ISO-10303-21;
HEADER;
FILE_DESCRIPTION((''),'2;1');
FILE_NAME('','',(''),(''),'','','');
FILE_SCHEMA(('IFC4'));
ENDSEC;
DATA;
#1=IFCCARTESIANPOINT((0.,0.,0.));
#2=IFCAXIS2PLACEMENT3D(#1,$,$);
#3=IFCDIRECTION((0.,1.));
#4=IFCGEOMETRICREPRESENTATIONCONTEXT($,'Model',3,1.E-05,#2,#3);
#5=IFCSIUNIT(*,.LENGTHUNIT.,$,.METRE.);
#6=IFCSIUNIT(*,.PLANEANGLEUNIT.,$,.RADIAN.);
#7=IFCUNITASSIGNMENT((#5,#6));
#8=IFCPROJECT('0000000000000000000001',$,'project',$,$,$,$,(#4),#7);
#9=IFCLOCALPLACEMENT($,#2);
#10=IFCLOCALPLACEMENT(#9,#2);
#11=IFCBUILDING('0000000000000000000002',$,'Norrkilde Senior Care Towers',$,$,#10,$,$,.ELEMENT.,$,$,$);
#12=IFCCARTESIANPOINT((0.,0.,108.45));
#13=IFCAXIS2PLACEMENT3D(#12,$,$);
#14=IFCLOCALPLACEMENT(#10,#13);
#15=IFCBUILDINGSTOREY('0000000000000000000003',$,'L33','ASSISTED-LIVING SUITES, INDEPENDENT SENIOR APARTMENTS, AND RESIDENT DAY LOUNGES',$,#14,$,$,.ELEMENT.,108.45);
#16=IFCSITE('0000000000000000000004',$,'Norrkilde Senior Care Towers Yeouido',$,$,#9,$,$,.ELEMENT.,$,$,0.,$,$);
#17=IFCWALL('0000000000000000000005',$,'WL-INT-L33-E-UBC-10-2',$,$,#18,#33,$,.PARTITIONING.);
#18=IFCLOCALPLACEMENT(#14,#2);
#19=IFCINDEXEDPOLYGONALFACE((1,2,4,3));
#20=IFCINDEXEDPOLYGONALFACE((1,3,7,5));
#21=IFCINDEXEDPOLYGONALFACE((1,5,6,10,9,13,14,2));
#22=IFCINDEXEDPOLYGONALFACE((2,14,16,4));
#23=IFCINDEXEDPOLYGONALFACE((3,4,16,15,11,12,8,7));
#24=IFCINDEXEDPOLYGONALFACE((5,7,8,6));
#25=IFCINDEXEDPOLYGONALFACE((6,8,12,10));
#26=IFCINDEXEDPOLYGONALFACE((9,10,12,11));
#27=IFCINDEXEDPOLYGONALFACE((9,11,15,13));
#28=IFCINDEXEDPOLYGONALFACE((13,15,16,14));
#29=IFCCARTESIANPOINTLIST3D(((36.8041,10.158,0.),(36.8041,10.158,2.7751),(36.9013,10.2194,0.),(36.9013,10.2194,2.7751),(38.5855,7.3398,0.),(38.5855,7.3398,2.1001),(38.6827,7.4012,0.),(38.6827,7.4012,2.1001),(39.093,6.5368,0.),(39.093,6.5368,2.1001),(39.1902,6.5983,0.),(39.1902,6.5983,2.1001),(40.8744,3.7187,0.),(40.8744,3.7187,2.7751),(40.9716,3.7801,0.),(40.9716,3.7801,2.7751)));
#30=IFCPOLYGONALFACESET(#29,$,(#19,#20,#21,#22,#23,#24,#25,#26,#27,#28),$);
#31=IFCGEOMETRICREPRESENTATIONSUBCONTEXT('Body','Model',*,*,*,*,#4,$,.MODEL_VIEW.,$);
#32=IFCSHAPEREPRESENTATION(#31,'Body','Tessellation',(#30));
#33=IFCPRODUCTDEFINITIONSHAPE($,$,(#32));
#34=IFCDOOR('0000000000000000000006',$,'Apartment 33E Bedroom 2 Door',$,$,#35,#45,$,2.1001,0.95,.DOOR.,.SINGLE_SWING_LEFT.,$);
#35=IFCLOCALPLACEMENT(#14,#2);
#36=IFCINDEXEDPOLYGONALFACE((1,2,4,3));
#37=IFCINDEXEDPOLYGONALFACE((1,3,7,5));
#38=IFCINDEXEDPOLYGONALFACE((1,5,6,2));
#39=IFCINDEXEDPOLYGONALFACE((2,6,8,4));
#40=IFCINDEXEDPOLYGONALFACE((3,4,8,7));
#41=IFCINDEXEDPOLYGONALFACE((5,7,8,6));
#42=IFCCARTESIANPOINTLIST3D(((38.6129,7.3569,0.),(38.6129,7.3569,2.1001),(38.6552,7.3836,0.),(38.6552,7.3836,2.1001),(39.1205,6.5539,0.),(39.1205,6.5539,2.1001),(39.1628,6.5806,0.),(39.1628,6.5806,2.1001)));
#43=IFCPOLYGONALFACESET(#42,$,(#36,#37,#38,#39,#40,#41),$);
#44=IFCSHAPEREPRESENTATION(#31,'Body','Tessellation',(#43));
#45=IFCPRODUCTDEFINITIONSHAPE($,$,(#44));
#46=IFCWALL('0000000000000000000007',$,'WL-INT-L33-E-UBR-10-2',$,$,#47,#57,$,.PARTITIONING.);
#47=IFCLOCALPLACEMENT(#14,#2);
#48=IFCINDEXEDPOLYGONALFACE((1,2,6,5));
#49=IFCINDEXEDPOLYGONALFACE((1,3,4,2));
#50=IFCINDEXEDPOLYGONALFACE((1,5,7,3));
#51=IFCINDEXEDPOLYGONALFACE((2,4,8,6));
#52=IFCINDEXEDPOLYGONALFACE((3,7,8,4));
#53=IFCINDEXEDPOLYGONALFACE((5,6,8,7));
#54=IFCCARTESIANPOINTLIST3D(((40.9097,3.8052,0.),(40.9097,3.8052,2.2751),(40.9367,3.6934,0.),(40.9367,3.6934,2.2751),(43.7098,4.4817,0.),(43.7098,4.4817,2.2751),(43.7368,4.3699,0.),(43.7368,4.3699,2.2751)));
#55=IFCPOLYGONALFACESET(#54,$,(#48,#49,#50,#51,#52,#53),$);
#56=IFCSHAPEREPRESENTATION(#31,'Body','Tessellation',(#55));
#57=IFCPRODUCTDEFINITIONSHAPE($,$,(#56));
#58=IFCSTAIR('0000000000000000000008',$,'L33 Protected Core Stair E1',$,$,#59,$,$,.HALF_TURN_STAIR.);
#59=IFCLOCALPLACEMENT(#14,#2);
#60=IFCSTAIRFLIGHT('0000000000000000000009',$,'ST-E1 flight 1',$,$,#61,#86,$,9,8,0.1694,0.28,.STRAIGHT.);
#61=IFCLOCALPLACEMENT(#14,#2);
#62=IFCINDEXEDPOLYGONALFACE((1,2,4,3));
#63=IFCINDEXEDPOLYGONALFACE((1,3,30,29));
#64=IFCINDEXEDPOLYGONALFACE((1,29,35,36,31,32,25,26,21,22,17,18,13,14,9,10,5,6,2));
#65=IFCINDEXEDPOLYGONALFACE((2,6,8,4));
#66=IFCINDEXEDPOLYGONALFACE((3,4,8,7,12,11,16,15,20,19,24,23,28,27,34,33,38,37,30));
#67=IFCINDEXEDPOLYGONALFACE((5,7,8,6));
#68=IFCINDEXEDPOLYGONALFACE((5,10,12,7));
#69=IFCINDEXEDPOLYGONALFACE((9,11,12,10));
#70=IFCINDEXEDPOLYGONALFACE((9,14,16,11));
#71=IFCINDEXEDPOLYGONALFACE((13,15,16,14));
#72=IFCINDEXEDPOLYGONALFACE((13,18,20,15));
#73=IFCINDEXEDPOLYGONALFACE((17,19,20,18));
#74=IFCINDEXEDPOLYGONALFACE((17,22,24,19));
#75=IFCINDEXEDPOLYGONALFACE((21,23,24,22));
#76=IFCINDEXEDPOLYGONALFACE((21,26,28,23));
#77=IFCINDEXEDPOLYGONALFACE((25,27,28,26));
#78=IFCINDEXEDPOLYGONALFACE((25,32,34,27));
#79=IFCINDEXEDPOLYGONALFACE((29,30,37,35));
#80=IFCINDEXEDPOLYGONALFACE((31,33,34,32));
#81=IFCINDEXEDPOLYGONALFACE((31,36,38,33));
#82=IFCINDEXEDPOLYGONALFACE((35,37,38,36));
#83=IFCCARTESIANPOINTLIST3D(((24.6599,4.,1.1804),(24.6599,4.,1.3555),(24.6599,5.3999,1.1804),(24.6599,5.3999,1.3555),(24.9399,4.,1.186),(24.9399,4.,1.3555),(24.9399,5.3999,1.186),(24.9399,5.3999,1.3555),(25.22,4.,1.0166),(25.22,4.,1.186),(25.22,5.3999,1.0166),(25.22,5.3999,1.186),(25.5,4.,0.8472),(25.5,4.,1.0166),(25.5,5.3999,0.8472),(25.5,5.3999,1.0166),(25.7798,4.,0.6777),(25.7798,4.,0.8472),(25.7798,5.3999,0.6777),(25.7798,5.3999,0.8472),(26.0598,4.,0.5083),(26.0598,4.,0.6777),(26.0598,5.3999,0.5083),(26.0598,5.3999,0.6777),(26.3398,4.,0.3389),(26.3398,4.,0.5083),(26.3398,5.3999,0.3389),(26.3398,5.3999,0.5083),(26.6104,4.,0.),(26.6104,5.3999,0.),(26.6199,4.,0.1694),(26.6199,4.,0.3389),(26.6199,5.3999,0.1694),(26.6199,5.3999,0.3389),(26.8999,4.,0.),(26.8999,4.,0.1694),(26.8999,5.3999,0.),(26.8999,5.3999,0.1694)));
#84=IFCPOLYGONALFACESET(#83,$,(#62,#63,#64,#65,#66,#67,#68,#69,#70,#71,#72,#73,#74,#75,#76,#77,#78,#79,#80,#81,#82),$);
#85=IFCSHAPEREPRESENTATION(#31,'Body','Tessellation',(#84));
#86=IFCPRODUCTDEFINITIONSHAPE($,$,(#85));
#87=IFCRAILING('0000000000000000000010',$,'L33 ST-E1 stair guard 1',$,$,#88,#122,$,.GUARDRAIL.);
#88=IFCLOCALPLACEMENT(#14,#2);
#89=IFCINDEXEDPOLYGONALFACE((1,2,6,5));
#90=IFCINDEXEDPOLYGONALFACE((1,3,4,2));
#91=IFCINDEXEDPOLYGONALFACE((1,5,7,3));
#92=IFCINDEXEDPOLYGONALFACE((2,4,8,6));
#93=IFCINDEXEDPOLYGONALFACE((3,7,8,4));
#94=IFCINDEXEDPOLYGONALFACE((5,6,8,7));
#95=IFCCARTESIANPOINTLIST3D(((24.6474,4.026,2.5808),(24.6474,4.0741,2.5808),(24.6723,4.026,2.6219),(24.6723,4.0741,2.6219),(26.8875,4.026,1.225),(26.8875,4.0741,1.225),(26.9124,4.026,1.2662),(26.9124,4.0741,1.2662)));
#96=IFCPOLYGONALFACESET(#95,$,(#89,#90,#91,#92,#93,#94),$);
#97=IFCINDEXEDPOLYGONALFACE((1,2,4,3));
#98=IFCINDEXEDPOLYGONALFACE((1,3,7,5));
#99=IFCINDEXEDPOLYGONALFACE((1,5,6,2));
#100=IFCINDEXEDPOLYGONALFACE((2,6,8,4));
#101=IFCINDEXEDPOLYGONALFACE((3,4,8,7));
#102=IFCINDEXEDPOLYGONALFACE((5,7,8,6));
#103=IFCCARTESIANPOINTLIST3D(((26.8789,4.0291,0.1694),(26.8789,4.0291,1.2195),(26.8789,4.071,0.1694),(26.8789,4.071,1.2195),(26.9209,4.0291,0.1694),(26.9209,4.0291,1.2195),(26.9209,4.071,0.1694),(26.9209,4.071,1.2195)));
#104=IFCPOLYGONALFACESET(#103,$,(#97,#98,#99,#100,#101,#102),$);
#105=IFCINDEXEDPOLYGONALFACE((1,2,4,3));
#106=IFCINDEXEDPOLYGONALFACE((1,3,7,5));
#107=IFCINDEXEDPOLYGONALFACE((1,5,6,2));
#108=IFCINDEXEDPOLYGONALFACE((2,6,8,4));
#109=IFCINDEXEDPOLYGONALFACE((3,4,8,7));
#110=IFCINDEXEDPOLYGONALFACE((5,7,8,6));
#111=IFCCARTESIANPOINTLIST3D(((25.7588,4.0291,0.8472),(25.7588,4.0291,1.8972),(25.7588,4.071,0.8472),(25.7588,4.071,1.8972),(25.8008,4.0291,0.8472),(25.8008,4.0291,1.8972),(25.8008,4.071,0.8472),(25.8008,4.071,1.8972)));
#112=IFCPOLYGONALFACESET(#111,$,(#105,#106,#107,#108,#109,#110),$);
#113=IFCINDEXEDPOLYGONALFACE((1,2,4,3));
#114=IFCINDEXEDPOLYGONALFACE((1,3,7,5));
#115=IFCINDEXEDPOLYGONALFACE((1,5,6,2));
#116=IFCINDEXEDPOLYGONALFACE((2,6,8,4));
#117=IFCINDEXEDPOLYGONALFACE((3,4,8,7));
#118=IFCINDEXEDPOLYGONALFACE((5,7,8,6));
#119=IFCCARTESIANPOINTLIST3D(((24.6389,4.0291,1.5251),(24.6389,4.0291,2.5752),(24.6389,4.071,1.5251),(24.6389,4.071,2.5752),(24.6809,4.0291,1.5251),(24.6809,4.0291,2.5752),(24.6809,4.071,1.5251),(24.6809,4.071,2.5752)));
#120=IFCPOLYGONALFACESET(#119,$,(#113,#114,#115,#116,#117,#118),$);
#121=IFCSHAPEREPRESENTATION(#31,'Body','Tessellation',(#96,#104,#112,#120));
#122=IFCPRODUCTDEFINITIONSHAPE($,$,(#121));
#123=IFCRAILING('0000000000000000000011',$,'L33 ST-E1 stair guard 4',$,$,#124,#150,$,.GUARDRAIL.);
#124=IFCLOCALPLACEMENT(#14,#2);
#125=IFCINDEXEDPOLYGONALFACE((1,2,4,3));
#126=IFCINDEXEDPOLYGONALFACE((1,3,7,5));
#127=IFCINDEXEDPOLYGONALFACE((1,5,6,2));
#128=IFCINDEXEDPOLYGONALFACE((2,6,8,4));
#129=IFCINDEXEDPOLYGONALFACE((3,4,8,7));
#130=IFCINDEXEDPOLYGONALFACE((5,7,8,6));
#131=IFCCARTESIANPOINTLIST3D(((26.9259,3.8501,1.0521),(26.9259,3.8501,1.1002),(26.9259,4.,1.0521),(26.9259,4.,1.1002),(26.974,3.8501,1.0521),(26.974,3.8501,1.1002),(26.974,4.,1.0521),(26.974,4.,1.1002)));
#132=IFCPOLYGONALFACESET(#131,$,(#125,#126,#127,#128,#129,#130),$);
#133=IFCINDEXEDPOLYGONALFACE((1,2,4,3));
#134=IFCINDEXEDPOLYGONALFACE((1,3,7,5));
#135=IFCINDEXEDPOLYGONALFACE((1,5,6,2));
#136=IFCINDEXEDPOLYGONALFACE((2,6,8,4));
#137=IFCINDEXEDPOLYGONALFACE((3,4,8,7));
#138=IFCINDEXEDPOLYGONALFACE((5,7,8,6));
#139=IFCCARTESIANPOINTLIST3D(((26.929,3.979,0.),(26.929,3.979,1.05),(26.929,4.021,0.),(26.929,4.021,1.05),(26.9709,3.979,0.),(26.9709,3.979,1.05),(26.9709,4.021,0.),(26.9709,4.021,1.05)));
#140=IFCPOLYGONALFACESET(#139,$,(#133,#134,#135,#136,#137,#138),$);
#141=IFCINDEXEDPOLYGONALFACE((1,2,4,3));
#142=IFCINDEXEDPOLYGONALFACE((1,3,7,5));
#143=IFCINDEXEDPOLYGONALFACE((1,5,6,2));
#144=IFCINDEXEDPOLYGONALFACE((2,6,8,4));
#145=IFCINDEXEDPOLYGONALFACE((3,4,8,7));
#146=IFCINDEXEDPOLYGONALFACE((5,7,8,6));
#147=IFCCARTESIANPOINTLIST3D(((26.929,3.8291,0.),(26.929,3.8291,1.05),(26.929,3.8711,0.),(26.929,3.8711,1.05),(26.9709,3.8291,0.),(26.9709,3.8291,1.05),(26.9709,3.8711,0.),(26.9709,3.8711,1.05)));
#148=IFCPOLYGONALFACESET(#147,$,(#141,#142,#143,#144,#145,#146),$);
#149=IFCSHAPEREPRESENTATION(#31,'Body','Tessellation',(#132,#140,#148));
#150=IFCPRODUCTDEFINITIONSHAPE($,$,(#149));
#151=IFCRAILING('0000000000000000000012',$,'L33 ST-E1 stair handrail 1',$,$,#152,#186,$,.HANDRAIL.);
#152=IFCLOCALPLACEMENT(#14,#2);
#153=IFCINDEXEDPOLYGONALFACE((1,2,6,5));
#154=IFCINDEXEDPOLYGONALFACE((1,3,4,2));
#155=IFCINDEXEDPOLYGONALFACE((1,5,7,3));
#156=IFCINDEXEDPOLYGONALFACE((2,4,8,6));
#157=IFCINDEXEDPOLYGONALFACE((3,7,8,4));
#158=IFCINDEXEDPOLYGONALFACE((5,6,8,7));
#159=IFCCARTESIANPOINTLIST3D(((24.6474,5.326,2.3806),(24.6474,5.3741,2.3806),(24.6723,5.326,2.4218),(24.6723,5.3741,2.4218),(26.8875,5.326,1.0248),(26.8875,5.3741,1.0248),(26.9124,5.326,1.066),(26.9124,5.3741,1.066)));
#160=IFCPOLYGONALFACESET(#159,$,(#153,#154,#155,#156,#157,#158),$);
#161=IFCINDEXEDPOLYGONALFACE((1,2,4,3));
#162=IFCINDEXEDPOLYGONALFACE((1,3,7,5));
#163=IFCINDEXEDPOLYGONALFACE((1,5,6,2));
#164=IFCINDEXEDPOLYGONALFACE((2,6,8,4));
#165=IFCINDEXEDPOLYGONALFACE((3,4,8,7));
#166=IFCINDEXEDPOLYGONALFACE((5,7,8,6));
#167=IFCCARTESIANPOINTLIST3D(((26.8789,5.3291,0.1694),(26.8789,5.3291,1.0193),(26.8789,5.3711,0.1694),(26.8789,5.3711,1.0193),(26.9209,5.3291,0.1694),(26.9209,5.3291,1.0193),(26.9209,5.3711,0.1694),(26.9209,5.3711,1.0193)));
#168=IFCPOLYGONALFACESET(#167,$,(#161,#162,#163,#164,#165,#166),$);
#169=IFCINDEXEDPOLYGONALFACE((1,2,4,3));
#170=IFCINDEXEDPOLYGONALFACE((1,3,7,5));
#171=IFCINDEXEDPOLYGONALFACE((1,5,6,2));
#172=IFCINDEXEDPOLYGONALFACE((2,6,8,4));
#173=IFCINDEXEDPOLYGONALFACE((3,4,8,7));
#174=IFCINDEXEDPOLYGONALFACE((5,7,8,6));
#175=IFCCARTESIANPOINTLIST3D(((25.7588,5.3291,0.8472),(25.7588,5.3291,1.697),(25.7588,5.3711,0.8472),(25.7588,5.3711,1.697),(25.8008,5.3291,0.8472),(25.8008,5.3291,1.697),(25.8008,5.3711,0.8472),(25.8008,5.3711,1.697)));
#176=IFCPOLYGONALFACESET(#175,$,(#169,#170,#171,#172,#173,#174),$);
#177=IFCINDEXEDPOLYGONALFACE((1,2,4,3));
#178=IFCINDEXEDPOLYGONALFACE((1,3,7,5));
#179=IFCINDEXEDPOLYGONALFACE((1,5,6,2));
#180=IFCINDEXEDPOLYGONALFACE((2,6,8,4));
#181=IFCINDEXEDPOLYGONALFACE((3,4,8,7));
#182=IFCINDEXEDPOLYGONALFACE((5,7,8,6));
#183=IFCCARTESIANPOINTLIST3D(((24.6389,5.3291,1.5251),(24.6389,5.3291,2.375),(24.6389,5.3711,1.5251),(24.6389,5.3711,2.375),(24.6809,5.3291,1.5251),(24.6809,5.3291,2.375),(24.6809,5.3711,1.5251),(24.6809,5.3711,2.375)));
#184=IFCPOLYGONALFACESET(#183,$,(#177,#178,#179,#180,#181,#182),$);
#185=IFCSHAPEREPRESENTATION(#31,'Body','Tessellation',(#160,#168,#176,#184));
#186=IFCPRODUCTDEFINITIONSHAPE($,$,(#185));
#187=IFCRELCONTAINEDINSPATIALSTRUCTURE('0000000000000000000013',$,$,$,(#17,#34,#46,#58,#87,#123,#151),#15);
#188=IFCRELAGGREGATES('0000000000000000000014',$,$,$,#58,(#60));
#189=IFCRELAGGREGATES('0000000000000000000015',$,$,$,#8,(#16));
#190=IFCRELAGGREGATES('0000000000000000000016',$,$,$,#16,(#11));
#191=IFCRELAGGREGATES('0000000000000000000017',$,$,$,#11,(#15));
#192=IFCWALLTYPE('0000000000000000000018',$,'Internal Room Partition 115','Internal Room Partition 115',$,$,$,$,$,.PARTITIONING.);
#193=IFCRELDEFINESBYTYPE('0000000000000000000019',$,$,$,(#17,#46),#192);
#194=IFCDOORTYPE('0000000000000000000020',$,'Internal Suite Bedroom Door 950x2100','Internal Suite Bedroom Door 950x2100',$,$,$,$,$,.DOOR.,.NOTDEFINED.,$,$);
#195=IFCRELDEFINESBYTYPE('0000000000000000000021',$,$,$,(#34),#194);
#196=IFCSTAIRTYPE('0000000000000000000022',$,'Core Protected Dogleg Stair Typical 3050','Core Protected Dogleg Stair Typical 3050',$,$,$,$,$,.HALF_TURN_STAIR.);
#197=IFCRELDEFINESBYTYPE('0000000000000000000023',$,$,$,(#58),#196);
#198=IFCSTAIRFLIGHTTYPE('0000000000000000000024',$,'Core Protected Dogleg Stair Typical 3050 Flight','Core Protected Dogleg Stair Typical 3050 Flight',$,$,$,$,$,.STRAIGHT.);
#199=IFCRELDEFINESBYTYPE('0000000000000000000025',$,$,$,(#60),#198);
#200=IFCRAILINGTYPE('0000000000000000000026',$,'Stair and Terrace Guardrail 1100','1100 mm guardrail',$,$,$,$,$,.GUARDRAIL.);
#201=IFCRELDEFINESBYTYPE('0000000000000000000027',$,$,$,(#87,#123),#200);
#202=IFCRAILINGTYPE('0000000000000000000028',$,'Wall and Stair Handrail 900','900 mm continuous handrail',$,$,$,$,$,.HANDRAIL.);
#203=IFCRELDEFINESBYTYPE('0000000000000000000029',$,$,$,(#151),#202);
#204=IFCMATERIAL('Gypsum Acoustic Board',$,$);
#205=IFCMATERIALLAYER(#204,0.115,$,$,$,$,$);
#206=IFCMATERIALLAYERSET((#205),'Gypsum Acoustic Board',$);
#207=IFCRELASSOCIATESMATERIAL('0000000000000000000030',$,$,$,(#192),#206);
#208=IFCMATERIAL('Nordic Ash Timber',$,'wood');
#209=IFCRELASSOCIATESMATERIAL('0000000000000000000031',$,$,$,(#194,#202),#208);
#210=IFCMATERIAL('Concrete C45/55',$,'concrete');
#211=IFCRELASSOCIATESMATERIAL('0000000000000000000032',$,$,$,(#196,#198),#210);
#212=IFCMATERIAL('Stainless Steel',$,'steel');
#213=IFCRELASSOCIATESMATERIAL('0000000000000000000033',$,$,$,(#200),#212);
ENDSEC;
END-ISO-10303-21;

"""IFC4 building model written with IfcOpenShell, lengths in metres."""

from ifc_helpers import new_model, si_unit, direction, frame, frame_2d, origin, origin_2d, place, context, subcontext, project, spatial, polyline, rectangle, outline, extrude, source, transform, mapped, material, layer, layer_set, type_object, type_shapes, element, fill, aggregate, save


model = new_model("IFC4")

# Units and contexts
model_context = context("Model", 3, precision=1e-05, world=origin(), true_north=direction((0.0, 1.0)))
body_context = subcontext(model_context, "Body", "Model", "MODEL_VIEW")
ifc_project = project(units=[si_unit("LENGTHUNIT", "METRE"), si_unit("PLANEANGLEUNIT", "RADIAN")], contexts=[model_context])

# Site, building, storey
site_placement = place(None, origin())
site = spatial("IfcSite", under=ifc_project, at=site_placement, Name="Norrkilde Senior Care Towers Yeouido", CompositionType="ELEMENT", RefElevation=0.0)
building_placement = place(site_placement, origin())
building = spatial("IfcBuilding", under=site, at=building_placement, Name="Norrkilde Senior Care Towers", CompositionType="ELEMENT")
storey_placement = place(building_placement, frame((0.0, 0.0, 108.45)))
storey = spatial("IfcBuildingStorey", under=building, at=storey_placement, Name="L33", Description="ASSISTED-LIVING SUITES, INDEPENDENT SENIOR APARTMENTS, AND RESIDENT DAY LOUNGES", CompositionType="ELEMENT", Elevation=108.45)

# Shared definitions
ifc_material_1 = material(Name="Concrete C45/55", Category="concrete")
ifc_material_2 = material(Name="Stainless Steel", Category="steel")

# Shared definitions
ifc_material_3 = material(Name="Gypsum Acoustic Board")
ifc_layer_1 = layer(ifc_material_3, 0.115)
ifc_layer_set_1 = layer_set([ifc_layer_1], Name="Gypsum Acoustic Board")
wall_type_1 = type_object("IfcWallType", Name="Internal Room Partition 115", Description="Internal Room Partition 115", PredefinedType="PARTITIONING", material=ifc_layer_set_1)

# Wall, opening, door
shared_shape_1 = source(origin(), body_context, "Body", "SweptSolid", [
    extrude(rectangle(XDim=7.6179, YDim=0.115, at=frame_2d((3.8091, 0.0))), origin(), (0.0, 0.0, 1.0), 2.7751),
])
wall_1_placement = place(storey_placement, frame((40.9231, 3.7493, 0.0), z_axis=(0.0, 0.0, 1.0), x_axis=(-0.534316, 0.845285, 0.0)))
wall_1 = element("IfcWall", 1, at=wall_1_placement, inside=storey, type_object=wall_type_1, Name="WL-INT-L33-E-UBC-10-2", PredefinedType="PARTITIONING", context=body_context, shape_type="MappedRepresentation", body=[
    mapped(shared_shape_1, transform((0.0, 0.0, 0.0), x_axis=(1.0, 0.0, 0.0), y_axis=(0.0, 1.0, 0.0), z_axis=(0.0, 0.0, 1.0), scale=1.0)),
])
opening_1_placement = place(wall_1_placement, frame((3.334, 0.0, 0.0)))
opening_1 = element("IfcOpeningElement", 2, at=opening_1_placement, cuts=wall_1, PredefinedType="OPENING", context=body_context, shape_type="SweptSolid", body=[
    extrude(rectangle(XDim=0.95, YDim=2.1001, at=frame_2d((0.4751, 1.05))), frame((0.0, 0.0674, 0.0), z_axis=(0.0, -1.0, 0.0), x_axis=(1.0, 0.0, 0.0)), (0.0, 0.0, 1.0), 0.135),
])
ifc_material_4 = material(Name="Nordic Ash Timber", Category="wood")
door_type_1 = type_object("IfcDoorType", Name="Internal Suite Bedroom Door 950x2100", Description="Internal Suite Bedroom Door 950x2100", OperationType="NOTDEFINED", PredefinedType="DOOR", material=ifc_material_4)
shared_shape_2 = source(origin(), body_context, "Body", "SweptSolid", [
    extrude(rectangle(XDim=0.95, YDim=2.1001, at=frame_2d((0.4751, 1.05))), frame((0.0, 0.0249, 0.0), z_axis=(0.0, -1.0, 0.0), x_axis=(1.0, 0.0, 0.0)), (0.0, 0.0, 1.0), 0.05),
])
type_shapes(door_type_1, [shared_shape_2])
door_1_placement = place(opening_1_placement, frame((0.95, 0.0, 0.0), z_axis=(0.0, 0.0, 1.0), x_axis=(-1.0, 0.0, 0.0)))
door_1 = element("IfcDoor", 3, at=door_1_placement, inside=storey, type_object=door_type_1, Name="Apartment 33E Bedroom 2 Door", OperationType="SINGLE_SWING_LEFT", OverallHeight=2.1001, OverallWidth=0.95, PredefinedType="DOOR", context=body_context, shape_type="MappedRepresentation", body=[
    mapped(shared_shape_2, transform((0.0, 0.0, 0.0), x_axis=(1.0, 0.0, 0.0), y_axis=(0.0, 1.0, 0.0), z_axis=(0.0, 0.0, 1.0), scale=1.0)),
])
fill(opening_1, door_1)

# Wall
shared_shape_3 = source(origin(), body_context, "Body", "SweptSolid", [
    extrude(rectangle(XDim=2.8806, YDim=0.115, at=frame_2d((1.4404, 0.0))), origin(), (0.0, 0.0, 1.0), 2.2751),
])
wall_2_placement = place(storey_placement, frame((40.9231, 3.7493, 0.0), z_axis=(0.0, 0.0, 1.0), x_axis=(0.972032, 0.23485, 0.0)))
element("IfcWall", 4, at=wall_2_placement, inside=storey, type_object=wall_type_1, Name="WL-INT-L33-E-UBR-10-2", PredefinedType="PARTITIONING", context=body_context, shape_type="MappedRepresentation", body=[
    mapped(shared_shape_3, transform((0.0, 0.0, 0.0), x_axis=(1.0, 0.0, 0.0), y_axis=(0.0, 1.0, 0.0), z_axis=(0.0, 0.0, 1.0), scale=1.0)),
])

# Stair, stair flight
stair_type = type_object("IfcStairType", Name="Core Protected Dogleg Stair Typical 3050", Description="Core Protected Dogleg Stair Typical 3050", PredefinedType="HALF_TURN_STAIR", material=ifc_material_1)
stair_placement = place(storey_placement, origin())
stair = element("IfcStair", 5, at=stair_placement, inside=storey, type_object=stair_type, Name="L33 Protected Core Stair E1", PredefinedType="HALF_TURN_STAIR")
stair_flight_type = type_object("IfcStairFlightType", Name="Core Protected Dogleg Stair Typical 3050 Flight", Description="Core Protected Dogleg Stair Typical 3050 Flight", PredefinedType="STRAIGHT", material=ifc_material_1)
stair_flight_placement = place(storey_placement, frame((26.8999, 4.7, 0.0), z_axis=(0.0, 0.0, 1.0), x_axis=(-1.0, 0.0, 0.0)))
stair_flight = element("IfcStairFlight", 6, at=stair_flight_placement, type_object=stair_flight_type, Name="ST-E1 flight 1", NumberOfRisers=9, NumberOfTreads=8, PredefinedType="STRAIGHT", RiserHeight=0.1694, TreadLength=0.28, context=body_context, shape_type="SweptSolid", body=[
    extrude(outline(polyline([(0.0, 0.0), (0.0, 0.1694), (0.28, 0.1694), (0.28, 0.3389), (0.5601, 0.3389), (0.5601, 0.5083), (0.8401, 0.5083), (0.8401, 0.6777), (1.1201, 0.6777), (1.1201, 0.8472), (1.3999, 0.8472), (1.3999, 1.0166), (1.6799, 1.0166), (1.6799, 1.186), (1.96, 1.186), (1.96, 1.3555), (2.24, 1.3555), (2.24, 1.5249), (2.24, 1.1804), (0.2896, 0.0), (0.0, 0.0)])), frame((0.0, 0.7, 0.0), z_axis=(0.0, -1.0, 0.0), x_axis=(1.0, 0.0, 0.0)), (0.0, 0.0, 1.0), 1.3999),
])
aggregate(stair, [stair_flight])

# Railings
railing_type_1 = type_object("IfcRailingType", Name="Stair and Terrace Guardrail 1100", Description="1100 mm guardrail", PredefinedType="GUARDRAIL", material=ifc_material_2)
railing_1_placement = place(storey_placement, frame((26.8999, 4.05, 0.1694)))
element("IfcRailing", 7, at=railing_1_placement, inside=storey, type_object=railing_type_1, Name="L33 ST-E1 stair guard 1", PredefinedType="GUARDRAIL", context=body_context, shape_type="SweptSolid", body=[
    extrude(rectangle(XDim=0.0481, YDim=0.0481, at=origin_2d()), frame((0.0, 0.0, 1.0762), z_axis=(-0.855512, 0.0, 0.517783), x_axis=(0.0, -1.0, 0.0)), (0.0, 0.0, 1.0), 2.6184),
    extrude(rectangle(XDim=0.042, YDim=0.042, at=origin_2d()), origin(), (0.0, 0.0, 1.0), 1.05),
    extrude(rectangle(XDim=0.042, YDim=0.042, at=origin_2d()), frame((-1.1201, 0.0, 0.6777)), (0.0, 0.0, 1.0), 1.05),
    extrude(rectangle(XDim=0.042, YDim=0.042, at=origin_2d()), frame((-2.24, 0.0, 1.3557)), (0.0, 0.0, 1.0), 1.05),
])
railing_2_placement = place(storey_placement, frame((26.95, 4.0, 0.0)))
element("IfcRailing", 8, at=railing_2_placement, inside=storey, type_object=railing_type_1, Name="L33 ST-E1 stair guard 4", PredefinedType="GUARDRAIL", context=body_context, shape_type="SweptSolid", body=[
    extrude(rectangle(XDim=0.0481, YDim=0.0481, at=origin_2d()), frame((0.0, 0.0, 1.0762), z_axis=(0.0, -1.0, 0.0), x_axis=(1.0, 0.0, 0.0)), (0.0, 0.0, 1.0), 0.1499),
    extrude(rectangle(XDim=0.042, YDim=0.042, at=origin_2d()), origin(), (0.0, 0.0, 1.0), 1.05),
    extrude(rectangle(XDim=0.042, YDim=0.042, at=origin_2d()), frame((0.0, -0.1499, 0.0)), (0.0, 0.0, 1.0), 1.05),
])
railing_type_2 = type_object("IfcRailingType", Name="Wall and Stair Handrail 900", Description="900 mm continuous handrail", PredefinedType="HANDRAIL", material=ifc_material_4)
railing_3_placement = place(storey_placement, frame((26.8999, 5.3501, 0.1694)))
element("IfcRailing", 9, at=railing_3_placement, inside=storey, type_object=railing_type_2, Name="L33 ST-E1 stair handrail 1", PredefinedType="HANDRAIL", context=body_context, shape_type="SweptSolid", body=[
    extrude(rectangle(XDim=0.0481, YDim=0.0481, at=origin_2d()), frame((0.0, 0.0, 0.876), z_axis=(-0.855512, 0.0, 0.517783), x_axis=(0.0, -1.0, 0.0)), (0.0, 0.0, 1.0), 2.6184),
    extrude(rectangle(XDim=0.042, YDim=0.042, at=origin_2d()), origin(), (0.0, 0.0, 1.0), 0.8499),
    extrude(rectangle(XDim=0.042, YDim=0.042, at=origin_2d()), frame((-1.1201, 0.0, 0.6777)), (0.0, 0.0, 1.0), 0.8499),
    extrude(rectangle(XDim=0.042, YDim=0.042, at=origin_2d()), frame((-2.24, 0.0, 1.3557)), (0.0, 0.0, 1.0), 0.8499),
])

save(model, "model.ifc")
